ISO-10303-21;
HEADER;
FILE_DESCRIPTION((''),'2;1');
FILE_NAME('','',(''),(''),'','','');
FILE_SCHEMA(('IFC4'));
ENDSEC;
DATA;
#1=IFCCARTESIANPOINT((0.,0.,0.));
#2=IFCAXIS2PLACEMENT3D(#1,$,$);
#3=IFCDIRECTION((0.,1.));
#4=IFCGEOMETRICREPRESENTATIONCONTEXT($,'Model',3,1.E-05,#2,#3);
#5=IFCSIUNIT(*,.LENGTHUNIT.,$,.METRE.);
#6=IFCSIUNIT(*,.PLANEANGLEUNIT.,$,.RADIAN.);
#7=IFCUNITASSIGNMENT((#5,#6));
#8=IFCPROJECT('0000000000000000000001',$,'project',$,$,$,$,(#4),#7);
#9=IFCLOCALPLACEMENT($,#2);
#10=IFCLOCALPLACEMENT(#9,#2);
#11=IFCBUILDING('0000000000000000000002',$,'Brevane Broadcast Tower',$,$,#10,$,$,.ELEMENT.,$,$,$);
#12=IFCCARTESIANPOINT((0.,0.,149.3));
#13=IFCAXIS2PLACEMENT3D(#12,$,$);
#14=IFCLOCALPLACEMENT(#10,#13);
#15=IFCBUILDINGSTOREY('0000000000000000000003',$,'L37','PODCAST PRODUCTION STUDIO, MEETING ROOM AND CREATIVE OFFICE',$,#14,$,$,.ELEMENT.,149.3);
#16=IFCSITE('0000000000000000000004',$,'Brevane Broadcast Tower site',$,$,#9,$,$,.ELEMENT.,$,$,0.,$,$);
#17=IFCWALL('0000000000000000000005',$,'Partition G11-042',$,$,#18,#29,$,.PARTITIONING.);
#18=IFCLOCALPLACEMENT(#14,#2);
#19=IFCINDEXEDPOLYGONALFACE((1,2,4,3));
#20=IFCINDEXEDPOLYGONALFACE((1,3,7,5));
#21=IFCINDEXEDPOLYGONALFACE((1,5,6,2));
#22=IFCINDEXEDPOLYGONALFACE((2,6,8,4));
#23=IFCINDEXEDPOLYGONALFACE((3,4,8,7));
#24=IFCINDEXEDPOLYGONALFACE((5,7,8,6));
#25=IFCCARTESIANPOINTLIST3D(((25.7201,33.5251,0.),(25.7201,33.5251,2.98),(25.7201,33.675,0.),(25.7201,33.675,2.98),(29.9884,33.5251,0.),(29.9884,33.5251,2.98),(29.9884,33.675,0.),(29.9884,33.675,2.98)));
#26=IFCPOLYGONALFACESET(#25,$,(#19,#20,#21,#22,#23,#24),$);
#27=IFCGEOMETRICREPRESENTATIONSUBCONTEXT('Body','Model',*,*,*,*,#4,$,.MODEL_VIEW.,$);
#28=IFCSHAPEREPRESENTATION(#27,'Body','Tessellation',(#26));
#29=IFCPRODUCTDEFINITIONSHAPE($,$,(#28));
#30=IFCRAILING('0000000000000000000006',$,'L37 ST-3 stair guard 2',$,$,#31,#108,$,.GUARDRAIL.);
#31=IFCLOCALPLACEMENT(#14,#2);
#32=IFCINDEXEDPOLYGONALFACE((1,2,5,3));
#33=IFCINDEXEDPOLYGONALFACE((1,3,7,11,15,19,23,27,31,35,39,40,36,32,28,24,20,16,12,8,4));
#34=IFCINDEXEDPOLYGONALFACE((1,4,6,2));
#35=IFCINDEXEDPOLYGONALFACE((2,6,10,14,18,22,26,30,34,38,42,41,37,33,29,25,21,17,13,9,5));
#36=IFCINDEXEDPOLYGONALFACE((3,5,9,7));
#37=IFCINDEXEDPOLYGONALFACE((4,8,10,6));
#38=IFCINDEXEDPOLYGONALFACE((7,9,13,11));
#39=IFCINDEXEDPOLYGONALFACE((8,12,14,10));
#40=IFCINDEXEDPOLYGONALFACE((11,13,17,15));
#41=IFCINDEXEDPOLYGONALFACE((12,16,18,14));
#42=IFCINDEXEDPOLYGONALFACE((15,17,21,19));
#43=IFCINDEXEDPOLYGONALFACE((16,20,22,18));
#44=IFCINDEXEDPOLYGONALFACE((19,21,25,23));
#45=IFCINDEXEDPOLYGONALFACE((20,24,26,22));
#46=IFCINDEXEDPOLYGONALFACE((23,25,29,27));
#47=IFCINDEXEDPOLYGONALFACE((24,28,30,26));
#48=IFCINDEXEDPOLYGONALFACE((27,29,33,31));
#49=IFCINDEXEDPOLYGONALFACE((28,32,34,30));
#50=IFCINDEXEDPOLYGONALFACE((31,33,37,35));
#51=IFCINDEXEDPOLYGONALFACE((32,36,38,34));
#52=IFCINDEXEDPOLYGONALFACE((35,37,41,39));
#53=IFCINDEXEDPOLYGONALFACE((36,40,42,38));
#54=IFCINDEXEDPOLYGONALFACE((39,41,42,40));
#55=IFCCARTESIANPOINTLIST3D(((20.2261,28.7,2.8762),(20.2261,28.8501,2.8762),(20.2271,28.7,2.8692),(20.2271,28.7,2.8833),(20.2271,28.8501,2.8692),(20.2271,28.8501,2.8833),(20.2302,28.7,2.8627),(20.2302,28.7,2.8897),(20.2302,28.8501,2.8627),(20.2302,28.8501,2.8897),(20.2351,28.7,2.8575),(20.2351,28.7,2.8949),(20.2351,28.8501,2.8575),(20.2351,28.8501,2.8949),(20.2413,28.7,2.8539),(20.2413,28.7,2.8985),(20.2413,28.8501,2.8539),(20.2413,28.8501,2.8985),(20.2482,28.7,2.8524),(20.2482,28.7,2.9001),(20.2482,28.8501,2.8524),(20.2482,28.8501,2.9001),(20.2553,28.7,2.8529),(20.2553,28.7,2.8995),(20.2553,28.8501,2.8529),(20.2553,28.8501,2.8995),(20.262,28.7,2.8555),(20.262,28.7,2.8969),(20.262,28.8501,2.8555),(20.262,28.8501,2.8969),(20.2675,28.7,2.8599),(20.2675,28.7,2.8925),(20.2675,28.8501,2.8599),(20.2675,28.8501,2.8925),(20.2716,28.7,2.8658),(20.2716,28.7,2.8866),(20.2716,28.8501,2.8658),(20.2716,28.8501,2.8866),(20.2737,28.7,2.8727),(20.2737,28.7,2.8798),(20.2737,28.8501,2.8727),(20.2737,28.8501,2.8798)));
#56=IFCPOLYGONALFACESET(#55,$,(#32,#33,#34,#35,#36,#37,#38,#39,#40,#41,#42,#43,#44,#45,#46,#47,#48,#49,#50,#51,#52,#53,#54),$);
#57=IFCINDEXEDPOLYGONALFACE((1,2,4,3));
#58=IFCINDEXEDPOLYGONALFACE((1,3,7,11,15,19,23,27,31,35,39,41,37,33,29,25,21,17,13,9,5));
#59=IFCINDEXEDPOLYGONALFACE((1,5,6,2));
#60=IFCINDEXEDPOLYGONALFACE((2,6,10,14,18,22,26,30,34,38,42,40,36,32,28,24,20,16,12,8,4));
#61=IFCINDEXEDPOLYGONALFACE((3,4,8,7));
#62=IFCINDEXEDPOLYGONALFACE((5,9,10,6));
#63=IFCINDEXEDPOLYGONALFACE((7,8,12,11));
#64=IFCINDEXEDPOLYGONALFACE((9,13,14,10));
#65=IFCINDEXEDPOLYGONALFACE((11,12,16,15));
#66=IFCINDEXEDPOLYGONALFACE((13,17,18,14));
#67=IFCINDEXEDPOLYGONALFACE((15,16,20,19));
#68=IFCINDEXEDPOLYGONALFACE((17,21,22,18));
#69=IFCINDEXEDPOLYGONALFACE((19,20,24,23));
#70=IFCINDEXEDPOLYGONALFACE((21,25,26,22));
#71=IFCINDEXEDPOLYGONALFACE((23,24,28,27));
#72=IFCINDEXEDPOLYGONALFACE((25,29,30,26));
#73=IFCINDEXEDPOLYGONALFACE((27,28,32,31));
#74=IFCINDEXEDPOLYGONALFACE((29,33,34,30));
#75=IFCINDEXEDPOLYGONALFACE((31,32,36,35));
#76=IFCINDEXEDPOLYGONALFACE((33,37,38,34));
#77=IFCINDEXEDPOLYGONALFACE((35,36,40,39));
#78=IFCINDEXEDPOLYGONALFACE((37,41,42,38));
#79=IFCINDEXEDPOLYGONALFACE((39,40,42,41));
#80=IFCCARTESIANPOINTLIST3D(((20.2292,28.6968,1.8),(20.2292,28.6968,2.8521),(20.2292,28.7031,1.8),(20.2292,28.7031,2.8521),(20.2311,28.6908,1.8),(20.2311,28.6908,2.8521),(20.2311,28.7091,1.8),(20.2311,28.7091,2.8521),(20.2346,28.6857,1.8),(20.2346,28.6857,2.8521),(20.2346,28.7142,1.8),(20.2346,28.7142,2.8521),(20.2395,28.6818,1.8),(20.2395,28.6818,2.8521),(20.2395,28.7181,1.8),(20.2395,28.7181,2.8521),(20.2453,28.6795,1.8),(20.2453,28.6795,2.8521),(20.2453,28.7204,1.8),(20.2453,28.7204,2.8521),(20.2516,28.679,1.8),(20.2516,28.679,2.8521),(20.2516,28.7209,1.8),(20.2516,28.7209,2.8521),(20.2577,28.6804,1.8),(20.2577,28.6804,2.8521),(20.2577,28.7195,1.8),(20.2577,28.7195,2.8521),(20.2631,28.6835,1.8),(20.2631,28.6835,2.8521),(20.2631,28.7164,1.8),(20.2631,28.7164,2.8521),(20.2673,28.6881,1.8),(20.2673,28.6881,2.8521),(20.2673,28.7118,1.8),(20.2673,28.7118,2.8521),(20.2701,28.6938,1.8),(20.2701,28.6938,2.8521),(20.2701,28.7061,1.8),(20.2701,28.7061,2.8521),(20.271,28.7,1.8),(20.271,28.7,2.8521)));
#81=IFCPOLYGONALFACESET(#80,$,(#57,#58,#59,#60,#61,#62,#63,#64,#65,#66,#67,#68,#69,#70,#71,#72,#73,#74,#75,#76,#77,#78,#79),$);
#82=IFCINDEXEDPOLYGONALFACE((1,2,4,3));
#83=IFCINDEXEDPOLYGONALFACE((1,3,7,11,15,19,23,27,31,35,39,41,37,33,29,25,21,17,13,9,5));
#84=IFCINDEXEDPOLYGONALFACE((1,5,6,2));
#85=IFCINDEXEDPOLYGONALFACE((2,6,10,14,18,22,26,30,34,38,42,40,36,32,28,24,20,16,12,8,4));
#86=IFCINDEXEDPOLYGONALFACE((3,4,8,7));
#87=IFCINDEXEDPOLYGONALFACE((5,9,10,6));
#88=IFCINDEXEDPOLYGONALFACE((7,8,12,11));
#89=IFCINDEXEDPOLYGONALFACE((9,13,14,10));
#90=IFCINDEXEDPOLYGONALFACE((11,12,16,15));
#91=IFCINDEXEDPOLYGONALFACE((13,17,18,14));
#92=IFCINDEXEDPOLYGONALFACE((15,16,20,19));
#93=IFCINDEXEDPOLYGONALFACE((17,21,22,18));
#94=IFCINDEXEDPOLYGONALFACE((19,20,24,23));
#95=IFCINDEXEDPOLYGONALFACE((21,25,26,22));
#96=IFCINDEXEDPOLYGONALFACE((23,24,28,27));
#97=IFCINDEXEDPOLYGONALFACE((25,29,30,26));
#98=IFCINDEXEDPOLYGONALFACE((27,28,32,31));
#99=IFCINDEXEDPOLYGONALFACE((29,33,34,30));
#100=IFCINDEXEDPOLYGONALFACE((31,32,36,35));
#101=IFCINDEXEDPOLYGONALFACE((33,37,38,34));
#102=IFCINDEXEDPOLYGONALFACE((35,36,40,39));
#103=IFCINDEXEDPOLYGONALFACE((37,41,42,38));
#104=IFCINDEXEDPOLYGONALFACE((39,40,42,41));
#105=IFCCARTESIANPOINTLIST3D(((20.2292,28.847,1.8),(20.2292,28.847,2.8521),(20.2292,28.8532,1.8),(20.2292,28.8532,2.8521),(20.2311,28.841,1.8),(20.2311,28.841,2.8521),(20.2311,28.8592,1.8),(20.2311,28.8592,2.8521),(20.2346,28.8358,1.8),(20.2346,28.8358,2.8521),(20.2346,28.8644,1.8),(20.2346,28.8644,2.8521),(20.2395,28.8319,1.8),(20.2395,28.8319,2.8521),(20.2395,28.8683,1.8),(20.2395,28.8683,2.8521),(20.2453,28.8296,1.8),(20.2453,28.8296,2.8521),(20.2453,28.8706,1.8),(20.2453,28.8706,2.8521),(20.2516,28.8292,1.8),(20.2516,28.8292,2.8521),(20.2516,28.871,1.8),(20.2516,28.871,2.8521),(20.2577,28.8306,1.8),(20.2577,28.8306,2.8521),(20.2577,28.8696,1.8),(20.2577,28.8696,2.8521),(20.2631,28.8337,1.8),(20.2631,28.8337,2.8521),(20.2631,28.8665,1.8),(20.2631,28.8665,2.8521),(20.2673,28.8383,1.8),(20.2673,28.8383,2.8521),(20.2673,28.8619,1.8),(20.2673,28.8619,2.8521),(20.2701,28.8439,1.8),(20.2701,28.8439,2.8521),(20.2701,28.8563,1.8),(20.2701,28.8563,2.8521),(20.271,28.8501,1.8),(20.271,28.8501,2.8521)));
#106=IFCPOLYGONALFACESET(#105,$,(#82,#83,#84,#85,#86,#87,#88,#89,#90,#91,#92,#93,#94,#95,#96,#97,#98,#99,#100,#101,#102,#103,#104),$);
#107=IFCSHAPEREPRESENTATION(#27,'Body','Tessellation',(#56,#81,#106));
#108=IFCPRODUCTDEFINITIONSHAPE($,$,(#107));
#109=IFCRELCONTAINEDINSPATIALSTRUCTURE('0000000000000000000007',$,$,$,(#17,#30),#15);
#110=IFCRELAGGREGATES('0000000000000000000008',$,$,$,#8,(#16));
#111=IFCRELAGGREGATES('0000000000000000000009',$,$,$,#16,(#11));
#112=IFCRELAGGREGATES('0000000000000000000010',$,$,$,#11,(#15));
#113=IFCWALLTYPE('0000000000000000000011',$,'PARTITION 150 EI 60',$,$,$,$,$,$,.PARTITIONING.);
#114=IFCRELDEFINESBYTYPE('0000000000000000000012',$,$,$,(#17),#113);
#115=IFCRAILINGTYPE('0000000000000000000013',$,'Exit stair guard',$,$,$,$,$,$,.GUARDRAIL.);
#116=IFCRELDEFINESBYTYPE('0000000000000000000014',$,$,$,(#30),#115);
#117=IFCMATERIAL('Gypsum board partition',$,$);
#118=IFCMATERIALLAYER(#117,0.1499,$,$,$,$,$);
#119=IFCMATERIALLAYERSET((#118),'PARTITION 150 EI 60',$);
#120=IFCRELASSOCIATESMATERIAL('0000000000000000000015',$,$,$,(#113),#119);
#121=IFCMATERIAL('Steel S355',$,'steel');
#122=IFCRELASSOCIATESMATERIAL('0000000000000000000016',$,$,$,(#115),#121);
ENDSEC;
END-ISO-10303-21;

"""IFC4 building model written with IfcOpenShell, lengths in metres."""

from ifc_helpers import new_model, si_unit, direction, frame, frame_2d, origin, origin_2d, place, context, subcontext, project, spatial, rectangle, circle, extrude, material, layer, layer_set, type_object, element, save


model = new_model("IFC4")

# Units and contexts
model_context = context("Model", 3, precision=1e-05, world=origin(), true_north=direction((0.0, 1.0)))
body_context = subcontext(model_context, "Body", "Model", "MODEL_VIEW")
ifc_project = project(units=[si_unit("LENGTHUNIT", "METRE"), si_unit("PLANEANGLEUNIT", "RADIAN")], contexts=[model_context])

# Site, building, storey
site_placement = place(None, origin())
site = spatial("IfcSite", under=ifc_project, at=site_placement, Name="Brevane Broadcast Tower site", CompositionType="ELEMENT", RefElevation=0.0)
building_placement = place(site_placement, origin())
building = spatial("IfcBuilding", under=site, at=building_placement, Name="Brevane Broadcast Tower", CompositionType="ELEMENT")
storey_placement = place(building_placement, frame((0.0, 0.0, 149.3)))
storey = spatial("IfcBuildingStorey", under=building, at=storey_placement, Name="L37", Description="PODCAST PRODUCTION STUDIO, MEETING ROOM AND CREATIVE OFFICE", CompositionType="ELEMENT", Elevation=149.3)

# Shared definitions
ifc_material_1 = material(Name="Gypsum board partition")

# Shared definitions
ifc_layer_1 = layer(ifc_material_1, 0.1499)
ifc_layer_set_1 = layer_set([ifc_layer_1], Name="PARTITION 150 EI 60")
wall_type_1 = type_object("IfcWallType", Name="PARTITION 150 EI 60", PredefinedType="PARTITIONING", material=ifc_layer_set_1)

# Wall
wall_1_placement = place(storey_placement, frame((25.72, 33.6001, 0.0), z_axis=(0.0, 0.0, 1.0), x_axis=(1.0, 0.0, 0.0)))
element("IfcWall", 1, at=wall_1_placement, inside=storey, type_object=wall_type_1, Name="Partition G11-042", PredefinedType="PARTITIONING", context=body_context, shape_type="SweptSolid", body=[
    extrude(rectangle(XDim=4.2683, YDim=0.1499, at=frame_2d((2.1343, 0.0))), origin(), (0.0, 0.0, 1.0), 2.98),
])

# Railing
ifc_material_2 = material(Name="Steel S355", Category="steel")
railing_type = type_object("IfcRailingType", Name="Exit stair guard", PredefinedType="GUARDRAIL", material=ifc_material_2)
railing_placement = place(storey_placement, frame((20.25, 28.7, 1.8)))
element("IfcRailing", 2, at=railing_placement, inside=storey, type_object=railing_type, Name="L37 ST-3 stair guard 2", PredefinedType="GUARDRAIL", context=body_context, shape_type="SweptSolid", body=[
    extrude(circle(Radius=0.0239, at=origin_2d()), frame((0.0, 0.0, 1.0762), z_axis=(0.0, 1.0, 0.0), x_axis=(-1.0, 0.0, 0.0)), (0.0, 0.0, 1.0), 0.1501),
    extrude(circle(Radius=0.021, at=origin_2d()), origin(), (0.0, 0.0, 1.0), 1.052),
    extrude(circle(Radius=0.021, at=origin_2d()), frame((0.0, 0.1501, 0.0)), (0.0, 0.0, 1.0), 1.052),
])

save(model, "model.ifc")
